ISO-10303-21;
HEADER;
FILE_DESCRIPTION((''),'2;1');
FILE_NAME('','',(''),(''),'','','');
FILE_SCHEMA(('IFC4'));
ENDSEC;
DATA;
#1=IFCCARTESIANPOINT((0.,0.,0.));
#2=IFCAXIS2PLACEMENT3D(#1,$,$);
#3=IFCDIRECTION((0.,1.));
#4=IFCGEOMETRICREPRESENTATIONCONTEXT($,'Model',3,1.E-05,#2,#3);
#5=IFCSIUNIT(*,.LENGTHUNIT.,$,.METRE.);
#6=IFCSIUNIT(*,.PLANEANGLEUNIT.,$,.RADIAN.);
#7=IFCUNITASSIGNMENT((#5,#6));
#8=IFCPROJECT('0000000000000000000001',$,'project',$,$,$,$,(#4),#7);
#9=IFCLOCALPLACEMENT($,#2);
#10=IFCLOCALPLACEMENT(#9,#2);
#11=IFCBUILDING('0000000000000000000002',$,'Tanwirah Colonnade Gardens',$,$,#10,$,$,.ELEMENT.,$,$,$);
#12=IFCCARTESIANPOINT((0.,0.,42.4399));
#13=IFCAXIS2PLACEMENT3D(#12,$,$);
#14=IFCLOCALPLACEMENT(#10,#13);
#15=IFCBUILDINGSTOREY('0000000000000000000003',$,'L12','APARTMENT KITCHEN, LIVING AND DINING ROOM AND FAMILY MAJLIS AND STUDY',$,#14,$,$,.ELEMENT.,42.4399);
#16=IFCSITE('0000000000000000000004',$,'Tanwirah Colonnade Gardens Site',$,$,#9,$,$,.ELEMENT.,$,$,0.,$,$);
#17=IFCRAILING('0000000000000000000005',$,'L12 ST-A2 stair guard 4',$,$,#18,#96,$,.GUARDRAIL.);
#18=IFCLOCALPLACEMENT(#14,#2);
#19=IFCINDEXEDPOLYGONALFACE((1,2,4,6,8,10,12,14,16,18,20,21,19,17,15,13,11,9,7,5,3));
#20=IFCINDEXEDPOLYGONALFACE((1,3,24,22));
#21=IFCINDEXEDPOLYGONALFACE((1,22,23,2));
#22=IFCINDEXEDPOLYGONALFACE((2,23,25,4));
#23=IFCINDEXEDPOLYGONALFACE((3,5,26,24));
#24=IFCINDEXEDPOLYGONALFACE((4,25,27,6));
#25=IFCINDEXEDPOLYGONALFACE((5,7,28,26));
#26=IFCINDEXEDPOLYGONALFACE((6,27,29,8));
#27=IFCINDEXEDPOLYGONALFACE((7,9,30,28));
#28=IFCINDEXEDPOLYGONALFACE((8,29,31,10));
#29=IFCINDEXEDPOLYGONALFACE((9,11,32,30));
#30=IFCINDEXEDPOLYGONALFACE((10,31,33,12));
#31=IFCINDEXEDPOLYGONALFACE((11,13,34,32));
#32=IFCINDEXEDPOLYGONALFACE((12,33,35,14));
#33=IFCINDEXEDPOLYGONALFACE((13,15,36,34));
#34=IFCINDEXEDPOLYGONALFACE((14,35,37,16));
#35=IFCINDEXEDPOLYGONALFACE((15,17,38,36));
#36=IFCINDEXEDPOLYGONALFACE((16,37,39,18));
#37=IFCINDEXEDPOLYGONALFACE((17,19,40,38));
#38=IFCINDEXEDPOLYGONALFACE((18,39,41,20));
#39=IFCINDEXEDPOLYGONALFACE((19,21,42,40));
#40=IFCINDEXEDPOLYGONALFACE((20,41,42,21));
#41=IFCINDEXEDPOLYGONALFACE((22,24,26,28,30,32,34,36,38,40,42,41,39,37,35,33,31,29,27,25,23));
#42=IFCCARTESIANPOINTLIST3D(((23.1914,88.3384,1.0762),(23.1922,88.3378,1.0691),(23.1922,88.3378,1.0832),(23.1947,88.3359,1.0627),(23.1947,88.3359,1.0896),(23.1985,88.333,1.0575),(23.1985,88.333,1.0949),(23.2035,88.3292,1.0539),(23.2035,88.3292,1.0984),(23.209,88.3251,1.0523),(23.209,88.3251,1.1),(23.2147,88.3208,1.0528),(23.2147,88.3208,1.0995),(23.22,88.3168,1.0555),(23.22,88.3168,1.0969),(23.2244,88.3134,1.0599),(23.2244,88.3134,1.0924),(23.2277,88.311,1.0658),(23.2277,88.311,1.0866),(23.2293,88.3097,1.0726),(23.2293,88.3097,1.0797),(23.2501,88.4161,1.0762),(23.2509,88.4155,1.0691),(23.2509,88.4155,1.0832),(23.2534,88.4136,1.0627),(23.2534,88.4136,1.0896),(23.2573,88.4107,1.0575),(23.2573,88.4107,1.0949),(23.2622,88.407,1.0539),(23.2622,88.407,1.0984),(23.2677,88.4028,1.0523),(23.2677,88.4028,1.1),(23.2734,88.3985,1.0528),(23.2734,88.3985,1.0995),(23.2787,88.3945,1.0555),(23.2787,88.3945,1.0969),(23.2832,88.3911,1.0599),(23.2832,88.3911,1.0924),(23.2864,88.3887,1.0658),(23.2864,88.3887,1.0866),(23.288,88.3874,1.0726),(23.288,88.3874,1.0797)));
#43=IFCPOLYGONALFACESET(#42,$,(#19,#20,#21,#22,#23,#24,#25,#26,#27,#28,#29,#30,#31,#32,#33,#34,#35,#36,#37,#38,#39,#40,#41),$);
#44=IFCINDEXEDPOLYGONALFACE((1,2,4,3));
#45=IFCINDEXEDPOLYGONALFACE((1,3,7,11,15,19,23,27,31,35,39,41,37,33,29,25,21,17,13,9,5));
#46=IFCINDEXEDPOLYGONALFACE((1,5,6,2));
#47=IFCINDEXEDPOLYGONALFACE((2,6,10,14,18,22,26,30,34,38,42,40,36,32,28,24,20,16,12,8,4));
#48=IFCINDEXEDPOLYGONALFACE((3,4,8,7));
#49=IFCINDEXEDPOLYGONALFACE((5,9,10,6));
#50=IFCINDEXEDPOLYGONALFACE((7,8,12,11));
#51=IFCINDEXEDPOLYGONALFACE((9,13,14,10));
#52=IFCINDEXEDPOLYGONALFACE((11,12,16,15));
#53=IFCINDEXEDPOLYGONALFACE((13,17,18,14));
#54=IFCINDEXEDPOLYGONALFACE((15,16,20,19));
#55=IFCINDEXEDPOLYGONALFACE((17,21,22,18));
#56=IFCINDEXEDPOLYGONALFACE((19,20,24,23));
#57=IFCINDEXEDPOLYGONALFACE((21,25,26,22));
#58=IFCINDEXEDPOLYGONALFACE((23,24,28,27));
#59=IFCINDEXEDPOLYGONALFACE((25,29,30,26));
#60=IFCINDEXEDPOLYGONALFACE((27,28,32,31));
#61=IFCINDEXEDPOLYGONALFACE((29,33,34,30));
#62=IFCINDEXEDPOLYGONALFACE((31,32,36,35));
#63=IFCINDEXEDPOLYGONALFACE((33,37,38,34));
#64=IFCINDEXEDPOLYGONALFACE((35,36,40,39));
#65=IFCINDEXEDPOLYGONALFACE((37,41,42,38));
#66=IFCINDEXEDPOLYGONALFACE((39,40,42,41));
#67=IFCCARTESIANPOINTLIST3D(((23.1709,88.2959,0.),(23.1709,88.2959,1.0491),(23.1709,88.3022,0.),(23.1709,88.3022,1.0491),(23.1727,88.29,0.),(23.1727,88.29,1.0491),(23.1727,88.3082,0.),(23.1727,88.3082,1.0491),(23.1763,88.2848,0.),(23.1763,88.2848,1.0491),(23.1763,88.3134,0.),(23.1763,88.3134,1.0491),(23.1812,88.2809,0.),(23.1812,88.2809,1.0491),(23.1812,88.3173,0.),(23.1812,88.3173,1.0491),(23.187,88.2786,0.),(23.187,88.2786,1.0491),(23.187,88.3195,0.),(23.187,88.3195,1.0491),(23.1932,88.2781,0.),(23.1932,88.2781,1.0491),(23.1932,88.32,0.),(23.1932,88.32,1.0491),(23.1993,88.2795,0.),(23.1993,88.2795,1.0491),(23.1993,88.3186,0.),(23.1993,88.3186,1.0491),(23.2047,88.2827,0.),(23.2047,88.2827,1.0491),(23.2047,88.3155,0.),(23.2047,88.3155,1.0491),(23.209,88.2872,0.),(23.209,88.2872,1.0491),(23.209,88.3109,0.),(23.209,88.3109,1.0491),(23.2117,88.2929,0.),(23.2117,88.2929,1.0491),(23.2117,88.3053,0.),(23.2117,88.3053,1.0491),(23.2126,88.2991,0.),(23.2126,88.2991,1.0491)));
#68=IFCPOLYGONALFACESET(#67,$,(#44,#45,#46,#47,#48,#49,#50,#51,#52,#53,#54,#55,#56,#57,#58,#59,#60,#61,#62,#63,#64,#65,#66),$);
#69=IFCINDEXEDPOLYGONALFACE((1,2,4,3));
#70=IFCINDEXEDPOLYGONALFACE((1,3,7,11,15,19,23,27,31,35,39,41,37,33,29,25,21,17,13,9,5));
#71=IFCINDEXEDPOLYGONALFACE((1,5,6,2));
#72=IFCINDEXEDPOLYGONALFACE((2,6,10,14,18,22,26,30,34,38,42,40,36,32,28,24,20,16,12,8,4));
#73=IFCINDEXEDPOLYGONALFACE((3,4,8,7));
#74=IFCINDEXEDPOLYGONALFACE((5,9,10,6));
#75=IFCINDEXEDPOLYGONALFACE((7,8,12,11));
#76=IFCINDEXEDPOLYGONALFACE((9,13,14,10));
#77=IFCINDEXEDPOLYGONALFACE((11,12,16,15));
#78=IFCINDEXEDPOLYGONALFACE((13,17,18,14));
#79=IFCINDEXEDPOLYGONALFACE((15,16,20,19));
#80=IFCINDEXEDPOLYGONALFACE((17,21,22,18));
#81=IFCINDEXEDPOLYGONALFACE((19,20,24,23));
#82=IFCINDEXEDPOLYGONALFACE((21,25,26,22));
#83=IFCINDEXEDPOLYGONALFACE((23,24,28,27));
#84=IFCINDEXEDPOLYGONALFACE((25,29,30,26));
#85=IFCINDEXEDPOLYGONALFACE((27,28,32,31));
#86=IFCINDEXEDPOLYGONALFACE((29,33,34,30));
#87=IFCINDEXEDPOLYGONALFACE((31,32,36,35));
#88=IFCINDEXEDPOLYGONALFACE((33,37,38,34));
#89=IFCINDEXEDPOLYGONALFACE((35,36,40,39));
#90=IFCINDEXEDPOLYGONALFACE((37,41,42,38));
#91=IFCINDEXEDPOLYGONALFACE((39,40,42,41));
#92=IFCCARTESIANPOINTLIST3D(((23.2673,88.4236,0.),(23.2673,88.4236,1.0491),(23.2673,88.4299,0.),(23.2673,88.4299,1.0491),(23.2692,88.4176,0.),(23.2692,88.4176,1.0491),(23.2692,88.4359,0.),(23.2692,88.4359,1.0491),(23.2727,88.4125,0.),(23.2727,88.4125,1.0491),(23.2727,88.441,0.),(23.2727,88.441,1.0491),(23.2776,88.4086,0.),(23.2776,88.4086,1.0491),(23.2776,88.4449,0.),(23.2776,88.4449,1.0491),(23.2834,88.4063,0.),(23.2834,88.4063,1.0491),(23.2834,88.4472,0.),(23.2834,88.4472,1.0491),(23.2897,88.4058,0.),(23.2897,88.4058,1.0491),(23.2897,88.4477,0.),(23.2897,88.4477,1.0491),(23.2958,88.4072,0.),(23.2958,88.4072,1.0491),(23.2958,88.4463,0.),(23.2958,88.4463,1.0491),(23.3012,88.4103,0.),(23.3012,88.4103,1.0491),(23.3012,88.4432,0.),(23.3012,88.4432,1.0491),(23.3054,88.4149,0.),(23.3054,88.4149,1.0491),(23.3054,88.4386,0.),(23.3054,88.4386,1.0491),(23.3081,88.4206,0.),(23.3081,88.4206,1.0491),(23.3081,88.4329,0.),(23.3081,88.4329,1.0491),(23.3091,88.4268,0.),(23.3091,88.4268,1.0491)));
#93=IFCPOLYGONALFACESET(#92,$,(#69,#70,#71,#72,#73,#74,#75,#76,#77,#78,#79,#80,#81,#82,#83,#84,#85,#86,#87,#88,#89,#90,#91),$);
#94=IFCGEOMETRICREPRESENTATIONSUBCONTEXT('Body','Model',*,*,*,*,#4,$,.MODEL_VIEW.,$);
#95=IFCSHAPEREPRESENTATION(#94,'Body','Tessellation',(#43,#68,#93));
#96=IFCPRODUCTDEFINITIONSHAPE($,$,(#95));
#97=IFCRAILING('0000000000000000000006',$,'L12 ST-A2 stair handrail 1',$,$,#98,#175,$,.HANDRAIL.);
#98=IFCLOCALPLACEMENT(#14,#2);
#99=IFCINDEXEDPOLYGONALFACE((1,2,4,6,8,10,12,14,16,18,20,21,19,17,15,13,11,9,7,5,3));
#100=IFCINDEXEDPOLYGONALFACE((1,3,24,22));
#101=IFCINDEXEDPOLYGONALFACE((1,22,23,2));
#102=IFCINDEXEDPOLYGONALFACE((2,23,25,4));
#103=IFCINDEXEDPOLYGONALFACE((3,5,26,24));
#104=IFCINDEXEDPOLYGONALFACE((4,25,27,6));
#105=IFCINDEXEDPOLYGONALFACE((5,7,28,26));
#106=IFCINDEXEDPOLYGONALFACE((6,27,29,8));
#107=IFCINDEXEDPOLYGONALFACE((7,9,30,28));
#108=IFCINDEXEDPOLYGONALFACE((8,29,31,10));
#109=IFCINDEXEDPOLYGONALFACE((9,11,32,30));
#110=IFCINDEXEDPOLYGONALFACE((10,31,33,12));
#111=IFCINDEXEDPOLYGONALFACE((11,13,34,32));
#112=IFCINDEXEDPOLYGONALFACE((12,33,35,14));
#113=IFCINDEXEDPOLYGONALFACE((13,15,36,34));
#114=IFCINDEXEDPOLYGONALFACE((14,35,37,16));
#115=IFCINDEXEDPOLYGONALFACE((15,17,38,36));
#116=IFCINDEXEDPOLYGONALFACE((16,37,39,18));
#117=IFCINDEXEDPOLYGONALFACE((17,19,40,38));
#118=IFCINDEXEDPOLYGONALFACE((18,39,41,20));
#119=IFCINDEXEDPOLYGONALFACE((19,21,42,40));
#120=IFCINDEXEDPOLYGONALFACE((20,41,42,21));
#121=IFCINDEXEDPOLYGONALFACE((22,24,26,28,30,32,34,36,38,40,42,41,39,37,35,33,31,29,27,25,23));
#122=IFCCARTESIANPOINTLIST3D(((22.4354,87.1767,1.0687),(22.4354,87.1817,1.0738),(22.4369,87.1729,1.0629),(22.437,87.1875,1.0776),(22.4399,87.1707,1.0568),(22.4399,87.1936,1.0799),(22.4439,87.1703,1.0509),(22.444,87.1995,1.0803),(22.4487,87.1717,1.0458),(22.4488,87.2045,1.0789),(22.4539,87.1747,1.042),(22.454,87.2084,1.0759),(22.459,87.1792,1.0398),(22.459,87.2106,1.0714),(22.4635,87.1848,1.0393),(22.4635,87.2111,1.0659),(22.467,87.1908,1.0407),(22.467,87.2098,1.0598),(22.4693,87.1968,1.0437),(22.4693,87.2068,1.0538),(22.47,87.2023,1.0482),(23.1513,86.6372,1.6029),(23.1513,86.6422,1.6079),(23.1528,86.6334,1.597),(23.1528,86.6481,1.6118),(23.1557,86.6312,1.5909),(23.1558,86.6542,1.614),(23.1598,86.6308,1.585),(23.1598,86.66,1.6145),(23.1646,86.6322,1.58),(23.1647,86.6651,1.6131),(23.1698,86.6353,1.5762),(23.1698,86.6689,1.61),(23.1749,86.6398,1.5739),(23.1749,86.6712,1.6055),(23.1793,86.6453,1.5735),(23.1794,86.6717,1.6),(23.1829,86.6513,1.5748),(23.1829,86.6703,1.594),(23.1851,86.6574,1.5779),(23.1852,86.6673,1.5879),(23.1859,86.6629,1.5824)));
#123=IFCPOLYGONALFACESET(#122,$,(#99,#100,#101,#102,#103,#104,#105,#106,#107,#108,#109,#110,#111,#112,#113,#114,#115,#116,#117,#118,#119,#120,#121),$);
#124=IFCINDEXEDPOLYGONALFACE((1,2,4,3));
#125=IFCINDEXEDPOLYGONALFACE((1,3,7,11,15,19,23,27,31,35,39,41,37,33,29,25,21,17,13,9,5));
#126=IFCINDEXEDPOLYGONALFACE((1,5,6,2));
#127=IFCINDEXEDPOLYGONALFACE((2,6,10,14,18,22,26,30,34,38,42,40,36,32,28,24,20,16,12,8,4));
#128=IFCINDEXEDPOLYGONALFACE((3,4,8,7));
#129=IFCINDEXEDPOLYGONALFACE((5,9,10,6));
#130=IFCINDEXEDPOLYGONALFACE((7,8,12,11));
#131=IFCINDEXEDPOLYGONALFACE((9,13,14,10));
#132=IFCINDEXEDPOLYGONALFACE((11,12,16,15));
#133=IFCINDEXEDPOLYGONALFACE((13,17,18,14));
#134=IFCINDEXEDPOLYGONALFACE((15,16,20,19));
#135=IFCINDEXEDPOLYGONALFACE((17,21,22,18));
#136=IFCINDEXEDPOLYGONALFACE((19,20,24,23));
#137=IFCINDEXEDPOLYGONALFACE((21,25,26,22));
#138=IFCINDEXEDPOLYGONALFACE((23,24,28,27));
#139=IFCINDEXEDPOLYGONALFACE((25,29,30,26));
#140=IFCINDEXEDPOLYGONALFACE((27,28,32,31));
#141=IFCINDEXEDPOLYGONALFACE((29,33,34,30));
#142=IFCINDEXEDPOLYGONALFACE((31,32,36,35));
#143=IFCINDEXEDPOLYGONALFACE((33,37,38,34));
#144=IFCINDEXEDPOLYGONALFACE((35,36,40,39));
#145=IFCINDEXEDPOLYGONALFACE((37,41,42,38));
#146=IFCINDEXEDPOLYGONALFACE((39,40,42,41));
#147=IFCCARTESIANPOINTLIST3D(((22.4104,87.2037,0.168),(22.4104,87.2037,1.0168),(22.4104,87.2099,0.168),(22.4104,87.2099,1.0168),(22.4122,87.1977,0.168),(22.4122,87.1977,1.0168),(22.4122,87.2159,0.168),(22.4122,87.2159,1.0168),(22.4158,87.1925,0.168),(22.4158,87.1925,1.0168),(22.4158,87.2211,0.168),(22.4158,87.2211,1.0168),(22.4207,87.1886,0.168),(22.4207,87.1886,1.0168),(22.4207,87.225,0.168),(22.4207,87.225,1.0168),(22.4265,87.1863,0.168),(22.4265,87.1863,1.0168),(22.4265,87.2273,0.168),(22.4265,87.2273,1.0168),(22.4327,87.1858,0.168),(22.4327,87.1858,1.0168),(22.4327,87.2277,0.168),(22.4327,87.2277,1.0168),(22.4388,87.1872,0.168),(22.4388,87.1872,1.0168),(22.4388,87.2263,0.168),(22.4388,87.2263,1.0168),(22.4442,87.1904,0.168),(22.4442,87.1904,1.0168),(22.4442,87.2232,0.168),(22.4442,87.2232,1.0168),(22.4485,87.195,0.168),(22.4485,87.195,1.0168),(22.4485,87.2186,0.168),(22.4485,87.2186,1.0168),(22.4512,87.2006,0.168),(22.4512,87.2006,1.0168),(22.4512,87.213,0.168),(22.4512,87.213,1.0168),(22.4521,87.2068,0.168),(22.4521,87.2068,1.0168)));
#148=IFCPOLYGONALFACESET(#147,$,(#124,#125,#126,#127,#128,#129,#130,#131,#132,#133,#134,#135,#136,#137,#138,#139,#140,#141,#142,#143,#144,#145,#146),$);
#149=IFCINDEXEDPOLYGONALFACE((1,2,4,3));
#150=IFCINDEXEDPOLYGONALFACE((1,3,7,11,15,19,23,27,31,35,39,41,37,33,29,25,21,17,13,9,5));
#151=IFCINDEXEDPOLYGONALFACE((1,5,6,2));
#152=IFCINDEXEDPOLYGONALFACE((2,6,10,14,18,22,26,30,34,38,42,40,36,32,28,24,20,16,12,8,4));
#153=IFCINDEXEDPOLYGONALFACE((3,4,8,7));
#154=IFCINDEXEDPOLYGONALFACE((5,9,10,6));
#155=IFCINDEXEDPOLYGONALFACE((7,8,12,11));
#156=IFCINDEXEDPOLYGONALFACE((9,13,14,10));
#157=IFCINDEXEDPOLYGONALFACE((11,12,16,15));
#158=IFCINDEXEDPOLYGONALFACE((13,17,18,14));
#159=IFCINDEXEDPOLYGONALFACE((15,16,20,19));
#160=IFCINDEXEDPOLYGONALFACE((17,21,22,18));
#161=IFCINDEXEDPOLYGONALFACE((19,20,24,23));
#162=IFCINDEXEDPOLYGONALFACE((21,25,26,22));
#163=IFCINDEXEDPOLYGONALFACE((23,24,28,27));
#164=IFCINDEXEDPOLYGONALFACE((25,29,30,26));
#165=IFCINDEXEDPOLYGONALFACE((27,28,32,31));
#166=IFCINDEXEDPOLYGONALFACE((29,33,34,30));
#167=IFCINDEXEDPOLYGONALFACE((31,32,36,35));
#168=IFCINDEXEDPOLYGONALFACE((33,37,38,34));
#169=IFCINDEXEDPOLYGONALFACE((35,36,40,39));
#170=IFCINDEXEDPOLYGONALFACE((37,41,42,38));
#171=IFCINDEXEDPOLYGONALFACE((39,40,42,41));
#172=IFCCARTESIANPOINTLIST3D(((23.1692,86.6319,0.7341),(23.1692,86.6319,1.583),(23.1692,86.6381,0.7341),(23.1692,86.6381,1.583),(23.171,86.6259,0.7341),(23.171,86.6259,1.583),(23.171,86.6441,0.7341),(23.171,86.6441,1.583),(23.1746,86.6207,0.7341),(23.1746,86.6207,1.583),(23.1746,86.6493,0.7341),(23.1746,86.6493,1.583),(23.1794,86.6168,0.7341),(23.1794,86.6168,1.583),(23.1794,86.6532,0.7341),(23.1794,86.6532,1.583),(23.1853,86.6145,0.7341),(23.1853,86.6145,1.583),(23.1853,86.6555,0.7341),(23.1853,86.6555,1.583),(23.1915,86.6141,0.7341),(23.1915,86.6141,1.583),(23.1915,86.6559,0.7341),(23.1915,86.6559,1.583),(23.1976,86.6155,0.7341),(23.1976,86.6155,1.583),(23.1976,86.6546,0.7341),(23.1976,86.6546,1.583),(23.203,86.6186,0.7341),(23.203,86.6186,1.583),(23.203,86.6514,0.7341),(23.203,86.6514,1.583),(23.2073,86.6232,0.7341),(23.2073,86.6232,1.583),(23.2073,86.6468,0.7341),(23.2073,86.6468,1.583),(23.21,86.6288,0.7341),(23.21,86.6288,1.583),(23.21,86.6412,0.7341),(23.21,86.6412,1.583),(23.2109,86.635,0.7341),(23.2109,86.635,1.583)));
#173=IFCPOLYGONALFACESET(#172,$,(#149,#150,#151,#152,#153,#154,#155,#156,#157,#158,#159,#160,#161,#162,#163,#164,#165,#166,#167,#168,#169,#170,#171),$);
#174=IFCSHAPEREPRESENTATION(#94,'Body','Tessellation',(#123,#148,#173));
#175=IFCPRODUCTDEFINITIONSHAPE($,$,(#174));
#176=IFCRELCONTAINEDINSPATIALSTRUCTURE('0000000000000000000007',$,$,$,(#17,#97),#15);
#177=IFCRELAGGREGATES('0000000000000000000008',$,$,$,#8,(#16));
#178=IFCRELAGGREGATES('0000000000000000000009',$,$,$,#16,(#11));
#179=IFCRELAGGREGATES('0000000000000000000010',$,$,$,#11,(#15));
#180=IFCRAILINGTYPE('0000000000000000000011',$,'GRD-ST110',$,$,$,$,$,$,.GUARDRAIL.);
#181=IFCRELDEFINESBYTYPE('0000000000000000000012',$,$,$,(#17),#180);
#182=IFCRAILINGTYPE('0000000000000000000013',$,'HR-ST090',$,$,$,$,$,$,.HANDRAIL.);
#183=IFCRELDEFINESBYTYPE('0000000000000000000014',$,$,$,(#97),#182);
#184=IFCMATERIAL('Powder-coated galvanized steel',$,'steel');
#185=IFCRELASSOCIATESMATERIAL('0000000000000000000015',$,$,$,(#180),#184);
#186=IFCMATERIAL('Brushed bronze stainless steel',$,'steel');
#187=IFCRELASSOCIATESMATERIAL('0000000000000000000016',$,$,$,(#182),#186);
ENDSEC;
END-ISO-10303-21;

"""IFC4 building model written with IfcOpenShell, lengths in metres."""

from ifc_helpers import new_model, si_unit, direction, frame, origin, origin_2d, place, context, subcontext, project, spatial, circle, extrude, material, type_object, element, save


model = new_model("IFC4")

# Units and contexts
model_context = context("Model", 3, precision=1e-05, world=origin(), true_north=direction((0.0, 1.0)))
body_context = subcontext(model_context, "Body", "Model", "MODEL_VIEW")
ifc_project = project(units=[si_unit("LENGTHUNIT", "METRE"), si_unit("PLANEANGLEUNIT", "RADIAN")], contexts=[model_context])

# Site, building, storey
site_placement = place(None, origin())
site = spatial("IfcSite", under=ifc_project, at=site_placement, Name="Tanwirah Colonnade Gardens Site", CompositionType="ELEMENT", RefElevation=0.0)
building_placement = place(site_placement, origin())
building = spatial("IfcBuilding", under=site, at=building_placement, Name="Tanwirah Colonnade Gardens", CompositionType="ELEMENT")
storey_placement = place(building_placement, frame((0.0, 0.0, 42.4399)))
storey = spatial("IfcBuildingStorey", under=building, at=storey_placement, Name="L12", Description="APARTMENT KITCHEN, LIVING AND DINING ROOM AND FAMILY MAJLIS AND STUDY", CompositionType="ELEMENT", Elevation=42.4399)

# Railings
ifc_material_1 = material(Name="Powder-coated galvanized steel", Category="steel")
railing_type_1 = type_object("IfcRailingType", Name="GRD-ST110", PredefinedType="GUARDRAIL", material=ifc_material_1)
railing_1_placement = place(storey_placement, frame((23.1917, 88.2991, 0.0)))
element("IfcRailing", 1, at=railing_1_placement, inside=storey, type_object=railing_type_1, Name="L12 ST-A2 stair guard 4", PredefinedType="GUARDRAIL", context=body_context, shape_type="SweptSolid", body=[
    extrude(circle(Radius=0.0239, at=origin_2d()), frame((0.0188, 0.0249, 1.0762), z_axis=(0.602682, 0.797981, 0.0), x_axis=(-0.797981, 0.602682, 0.0)), (0.0, 0.0, 1.0), 0.0974),
    extrude(circle(Radius=0.021, at=origin_2d()), origin(), (0.0, 0.0, 1.0), 1.0491),
    extrude(circle(Radius=0.021, at=origin_2d()), frame((0.0964, 0.1277, 0.0)), (0.0, 0.0, 1.0), 1.0491),
])
ifc_material_2 = material(Name="Brushed bronze stainless steel", Category="steel")
railing_type_2 = type_object("IfcRailingType", Name="HR-ST090", PredefinedType="HANDRAIL", material=ifc_material_2)
railing_2_placement = place(storey_placement, frame((22.4312, 87.2068, 0.168)))
element("IfcRailing", 2, at=railing_2_placement, inside=storey, type_object=railing_type_2, Name="L12 ST-A2 stair handrail 1", PredefinedType="HANDRAIL", context=body_context, shape_type="SweptSolid", body=[
    extrude(circle(Radius=0.0239, at=origin_2d()), frame((0.0215, -0.0161, 0.8918), z_axis=(0.686068, -0.516979, 0.511902), x_axis=(0.601807, 0.798641, 0.0)), (0.0, 0.0, 1.0), 1.0435),
    extrude(circle(Radius=0.021, at=origin_2d()), origin(), (0.0, 0.0, 1.0), 0.8489),
    extrude(circle(Radius=0.021, at=origin_2d()), frame((0.7588, -0.5718, 0.5662)), (0.0, 0.0, 1.0), 0.8489),
])

save(model, "model.ifc")
